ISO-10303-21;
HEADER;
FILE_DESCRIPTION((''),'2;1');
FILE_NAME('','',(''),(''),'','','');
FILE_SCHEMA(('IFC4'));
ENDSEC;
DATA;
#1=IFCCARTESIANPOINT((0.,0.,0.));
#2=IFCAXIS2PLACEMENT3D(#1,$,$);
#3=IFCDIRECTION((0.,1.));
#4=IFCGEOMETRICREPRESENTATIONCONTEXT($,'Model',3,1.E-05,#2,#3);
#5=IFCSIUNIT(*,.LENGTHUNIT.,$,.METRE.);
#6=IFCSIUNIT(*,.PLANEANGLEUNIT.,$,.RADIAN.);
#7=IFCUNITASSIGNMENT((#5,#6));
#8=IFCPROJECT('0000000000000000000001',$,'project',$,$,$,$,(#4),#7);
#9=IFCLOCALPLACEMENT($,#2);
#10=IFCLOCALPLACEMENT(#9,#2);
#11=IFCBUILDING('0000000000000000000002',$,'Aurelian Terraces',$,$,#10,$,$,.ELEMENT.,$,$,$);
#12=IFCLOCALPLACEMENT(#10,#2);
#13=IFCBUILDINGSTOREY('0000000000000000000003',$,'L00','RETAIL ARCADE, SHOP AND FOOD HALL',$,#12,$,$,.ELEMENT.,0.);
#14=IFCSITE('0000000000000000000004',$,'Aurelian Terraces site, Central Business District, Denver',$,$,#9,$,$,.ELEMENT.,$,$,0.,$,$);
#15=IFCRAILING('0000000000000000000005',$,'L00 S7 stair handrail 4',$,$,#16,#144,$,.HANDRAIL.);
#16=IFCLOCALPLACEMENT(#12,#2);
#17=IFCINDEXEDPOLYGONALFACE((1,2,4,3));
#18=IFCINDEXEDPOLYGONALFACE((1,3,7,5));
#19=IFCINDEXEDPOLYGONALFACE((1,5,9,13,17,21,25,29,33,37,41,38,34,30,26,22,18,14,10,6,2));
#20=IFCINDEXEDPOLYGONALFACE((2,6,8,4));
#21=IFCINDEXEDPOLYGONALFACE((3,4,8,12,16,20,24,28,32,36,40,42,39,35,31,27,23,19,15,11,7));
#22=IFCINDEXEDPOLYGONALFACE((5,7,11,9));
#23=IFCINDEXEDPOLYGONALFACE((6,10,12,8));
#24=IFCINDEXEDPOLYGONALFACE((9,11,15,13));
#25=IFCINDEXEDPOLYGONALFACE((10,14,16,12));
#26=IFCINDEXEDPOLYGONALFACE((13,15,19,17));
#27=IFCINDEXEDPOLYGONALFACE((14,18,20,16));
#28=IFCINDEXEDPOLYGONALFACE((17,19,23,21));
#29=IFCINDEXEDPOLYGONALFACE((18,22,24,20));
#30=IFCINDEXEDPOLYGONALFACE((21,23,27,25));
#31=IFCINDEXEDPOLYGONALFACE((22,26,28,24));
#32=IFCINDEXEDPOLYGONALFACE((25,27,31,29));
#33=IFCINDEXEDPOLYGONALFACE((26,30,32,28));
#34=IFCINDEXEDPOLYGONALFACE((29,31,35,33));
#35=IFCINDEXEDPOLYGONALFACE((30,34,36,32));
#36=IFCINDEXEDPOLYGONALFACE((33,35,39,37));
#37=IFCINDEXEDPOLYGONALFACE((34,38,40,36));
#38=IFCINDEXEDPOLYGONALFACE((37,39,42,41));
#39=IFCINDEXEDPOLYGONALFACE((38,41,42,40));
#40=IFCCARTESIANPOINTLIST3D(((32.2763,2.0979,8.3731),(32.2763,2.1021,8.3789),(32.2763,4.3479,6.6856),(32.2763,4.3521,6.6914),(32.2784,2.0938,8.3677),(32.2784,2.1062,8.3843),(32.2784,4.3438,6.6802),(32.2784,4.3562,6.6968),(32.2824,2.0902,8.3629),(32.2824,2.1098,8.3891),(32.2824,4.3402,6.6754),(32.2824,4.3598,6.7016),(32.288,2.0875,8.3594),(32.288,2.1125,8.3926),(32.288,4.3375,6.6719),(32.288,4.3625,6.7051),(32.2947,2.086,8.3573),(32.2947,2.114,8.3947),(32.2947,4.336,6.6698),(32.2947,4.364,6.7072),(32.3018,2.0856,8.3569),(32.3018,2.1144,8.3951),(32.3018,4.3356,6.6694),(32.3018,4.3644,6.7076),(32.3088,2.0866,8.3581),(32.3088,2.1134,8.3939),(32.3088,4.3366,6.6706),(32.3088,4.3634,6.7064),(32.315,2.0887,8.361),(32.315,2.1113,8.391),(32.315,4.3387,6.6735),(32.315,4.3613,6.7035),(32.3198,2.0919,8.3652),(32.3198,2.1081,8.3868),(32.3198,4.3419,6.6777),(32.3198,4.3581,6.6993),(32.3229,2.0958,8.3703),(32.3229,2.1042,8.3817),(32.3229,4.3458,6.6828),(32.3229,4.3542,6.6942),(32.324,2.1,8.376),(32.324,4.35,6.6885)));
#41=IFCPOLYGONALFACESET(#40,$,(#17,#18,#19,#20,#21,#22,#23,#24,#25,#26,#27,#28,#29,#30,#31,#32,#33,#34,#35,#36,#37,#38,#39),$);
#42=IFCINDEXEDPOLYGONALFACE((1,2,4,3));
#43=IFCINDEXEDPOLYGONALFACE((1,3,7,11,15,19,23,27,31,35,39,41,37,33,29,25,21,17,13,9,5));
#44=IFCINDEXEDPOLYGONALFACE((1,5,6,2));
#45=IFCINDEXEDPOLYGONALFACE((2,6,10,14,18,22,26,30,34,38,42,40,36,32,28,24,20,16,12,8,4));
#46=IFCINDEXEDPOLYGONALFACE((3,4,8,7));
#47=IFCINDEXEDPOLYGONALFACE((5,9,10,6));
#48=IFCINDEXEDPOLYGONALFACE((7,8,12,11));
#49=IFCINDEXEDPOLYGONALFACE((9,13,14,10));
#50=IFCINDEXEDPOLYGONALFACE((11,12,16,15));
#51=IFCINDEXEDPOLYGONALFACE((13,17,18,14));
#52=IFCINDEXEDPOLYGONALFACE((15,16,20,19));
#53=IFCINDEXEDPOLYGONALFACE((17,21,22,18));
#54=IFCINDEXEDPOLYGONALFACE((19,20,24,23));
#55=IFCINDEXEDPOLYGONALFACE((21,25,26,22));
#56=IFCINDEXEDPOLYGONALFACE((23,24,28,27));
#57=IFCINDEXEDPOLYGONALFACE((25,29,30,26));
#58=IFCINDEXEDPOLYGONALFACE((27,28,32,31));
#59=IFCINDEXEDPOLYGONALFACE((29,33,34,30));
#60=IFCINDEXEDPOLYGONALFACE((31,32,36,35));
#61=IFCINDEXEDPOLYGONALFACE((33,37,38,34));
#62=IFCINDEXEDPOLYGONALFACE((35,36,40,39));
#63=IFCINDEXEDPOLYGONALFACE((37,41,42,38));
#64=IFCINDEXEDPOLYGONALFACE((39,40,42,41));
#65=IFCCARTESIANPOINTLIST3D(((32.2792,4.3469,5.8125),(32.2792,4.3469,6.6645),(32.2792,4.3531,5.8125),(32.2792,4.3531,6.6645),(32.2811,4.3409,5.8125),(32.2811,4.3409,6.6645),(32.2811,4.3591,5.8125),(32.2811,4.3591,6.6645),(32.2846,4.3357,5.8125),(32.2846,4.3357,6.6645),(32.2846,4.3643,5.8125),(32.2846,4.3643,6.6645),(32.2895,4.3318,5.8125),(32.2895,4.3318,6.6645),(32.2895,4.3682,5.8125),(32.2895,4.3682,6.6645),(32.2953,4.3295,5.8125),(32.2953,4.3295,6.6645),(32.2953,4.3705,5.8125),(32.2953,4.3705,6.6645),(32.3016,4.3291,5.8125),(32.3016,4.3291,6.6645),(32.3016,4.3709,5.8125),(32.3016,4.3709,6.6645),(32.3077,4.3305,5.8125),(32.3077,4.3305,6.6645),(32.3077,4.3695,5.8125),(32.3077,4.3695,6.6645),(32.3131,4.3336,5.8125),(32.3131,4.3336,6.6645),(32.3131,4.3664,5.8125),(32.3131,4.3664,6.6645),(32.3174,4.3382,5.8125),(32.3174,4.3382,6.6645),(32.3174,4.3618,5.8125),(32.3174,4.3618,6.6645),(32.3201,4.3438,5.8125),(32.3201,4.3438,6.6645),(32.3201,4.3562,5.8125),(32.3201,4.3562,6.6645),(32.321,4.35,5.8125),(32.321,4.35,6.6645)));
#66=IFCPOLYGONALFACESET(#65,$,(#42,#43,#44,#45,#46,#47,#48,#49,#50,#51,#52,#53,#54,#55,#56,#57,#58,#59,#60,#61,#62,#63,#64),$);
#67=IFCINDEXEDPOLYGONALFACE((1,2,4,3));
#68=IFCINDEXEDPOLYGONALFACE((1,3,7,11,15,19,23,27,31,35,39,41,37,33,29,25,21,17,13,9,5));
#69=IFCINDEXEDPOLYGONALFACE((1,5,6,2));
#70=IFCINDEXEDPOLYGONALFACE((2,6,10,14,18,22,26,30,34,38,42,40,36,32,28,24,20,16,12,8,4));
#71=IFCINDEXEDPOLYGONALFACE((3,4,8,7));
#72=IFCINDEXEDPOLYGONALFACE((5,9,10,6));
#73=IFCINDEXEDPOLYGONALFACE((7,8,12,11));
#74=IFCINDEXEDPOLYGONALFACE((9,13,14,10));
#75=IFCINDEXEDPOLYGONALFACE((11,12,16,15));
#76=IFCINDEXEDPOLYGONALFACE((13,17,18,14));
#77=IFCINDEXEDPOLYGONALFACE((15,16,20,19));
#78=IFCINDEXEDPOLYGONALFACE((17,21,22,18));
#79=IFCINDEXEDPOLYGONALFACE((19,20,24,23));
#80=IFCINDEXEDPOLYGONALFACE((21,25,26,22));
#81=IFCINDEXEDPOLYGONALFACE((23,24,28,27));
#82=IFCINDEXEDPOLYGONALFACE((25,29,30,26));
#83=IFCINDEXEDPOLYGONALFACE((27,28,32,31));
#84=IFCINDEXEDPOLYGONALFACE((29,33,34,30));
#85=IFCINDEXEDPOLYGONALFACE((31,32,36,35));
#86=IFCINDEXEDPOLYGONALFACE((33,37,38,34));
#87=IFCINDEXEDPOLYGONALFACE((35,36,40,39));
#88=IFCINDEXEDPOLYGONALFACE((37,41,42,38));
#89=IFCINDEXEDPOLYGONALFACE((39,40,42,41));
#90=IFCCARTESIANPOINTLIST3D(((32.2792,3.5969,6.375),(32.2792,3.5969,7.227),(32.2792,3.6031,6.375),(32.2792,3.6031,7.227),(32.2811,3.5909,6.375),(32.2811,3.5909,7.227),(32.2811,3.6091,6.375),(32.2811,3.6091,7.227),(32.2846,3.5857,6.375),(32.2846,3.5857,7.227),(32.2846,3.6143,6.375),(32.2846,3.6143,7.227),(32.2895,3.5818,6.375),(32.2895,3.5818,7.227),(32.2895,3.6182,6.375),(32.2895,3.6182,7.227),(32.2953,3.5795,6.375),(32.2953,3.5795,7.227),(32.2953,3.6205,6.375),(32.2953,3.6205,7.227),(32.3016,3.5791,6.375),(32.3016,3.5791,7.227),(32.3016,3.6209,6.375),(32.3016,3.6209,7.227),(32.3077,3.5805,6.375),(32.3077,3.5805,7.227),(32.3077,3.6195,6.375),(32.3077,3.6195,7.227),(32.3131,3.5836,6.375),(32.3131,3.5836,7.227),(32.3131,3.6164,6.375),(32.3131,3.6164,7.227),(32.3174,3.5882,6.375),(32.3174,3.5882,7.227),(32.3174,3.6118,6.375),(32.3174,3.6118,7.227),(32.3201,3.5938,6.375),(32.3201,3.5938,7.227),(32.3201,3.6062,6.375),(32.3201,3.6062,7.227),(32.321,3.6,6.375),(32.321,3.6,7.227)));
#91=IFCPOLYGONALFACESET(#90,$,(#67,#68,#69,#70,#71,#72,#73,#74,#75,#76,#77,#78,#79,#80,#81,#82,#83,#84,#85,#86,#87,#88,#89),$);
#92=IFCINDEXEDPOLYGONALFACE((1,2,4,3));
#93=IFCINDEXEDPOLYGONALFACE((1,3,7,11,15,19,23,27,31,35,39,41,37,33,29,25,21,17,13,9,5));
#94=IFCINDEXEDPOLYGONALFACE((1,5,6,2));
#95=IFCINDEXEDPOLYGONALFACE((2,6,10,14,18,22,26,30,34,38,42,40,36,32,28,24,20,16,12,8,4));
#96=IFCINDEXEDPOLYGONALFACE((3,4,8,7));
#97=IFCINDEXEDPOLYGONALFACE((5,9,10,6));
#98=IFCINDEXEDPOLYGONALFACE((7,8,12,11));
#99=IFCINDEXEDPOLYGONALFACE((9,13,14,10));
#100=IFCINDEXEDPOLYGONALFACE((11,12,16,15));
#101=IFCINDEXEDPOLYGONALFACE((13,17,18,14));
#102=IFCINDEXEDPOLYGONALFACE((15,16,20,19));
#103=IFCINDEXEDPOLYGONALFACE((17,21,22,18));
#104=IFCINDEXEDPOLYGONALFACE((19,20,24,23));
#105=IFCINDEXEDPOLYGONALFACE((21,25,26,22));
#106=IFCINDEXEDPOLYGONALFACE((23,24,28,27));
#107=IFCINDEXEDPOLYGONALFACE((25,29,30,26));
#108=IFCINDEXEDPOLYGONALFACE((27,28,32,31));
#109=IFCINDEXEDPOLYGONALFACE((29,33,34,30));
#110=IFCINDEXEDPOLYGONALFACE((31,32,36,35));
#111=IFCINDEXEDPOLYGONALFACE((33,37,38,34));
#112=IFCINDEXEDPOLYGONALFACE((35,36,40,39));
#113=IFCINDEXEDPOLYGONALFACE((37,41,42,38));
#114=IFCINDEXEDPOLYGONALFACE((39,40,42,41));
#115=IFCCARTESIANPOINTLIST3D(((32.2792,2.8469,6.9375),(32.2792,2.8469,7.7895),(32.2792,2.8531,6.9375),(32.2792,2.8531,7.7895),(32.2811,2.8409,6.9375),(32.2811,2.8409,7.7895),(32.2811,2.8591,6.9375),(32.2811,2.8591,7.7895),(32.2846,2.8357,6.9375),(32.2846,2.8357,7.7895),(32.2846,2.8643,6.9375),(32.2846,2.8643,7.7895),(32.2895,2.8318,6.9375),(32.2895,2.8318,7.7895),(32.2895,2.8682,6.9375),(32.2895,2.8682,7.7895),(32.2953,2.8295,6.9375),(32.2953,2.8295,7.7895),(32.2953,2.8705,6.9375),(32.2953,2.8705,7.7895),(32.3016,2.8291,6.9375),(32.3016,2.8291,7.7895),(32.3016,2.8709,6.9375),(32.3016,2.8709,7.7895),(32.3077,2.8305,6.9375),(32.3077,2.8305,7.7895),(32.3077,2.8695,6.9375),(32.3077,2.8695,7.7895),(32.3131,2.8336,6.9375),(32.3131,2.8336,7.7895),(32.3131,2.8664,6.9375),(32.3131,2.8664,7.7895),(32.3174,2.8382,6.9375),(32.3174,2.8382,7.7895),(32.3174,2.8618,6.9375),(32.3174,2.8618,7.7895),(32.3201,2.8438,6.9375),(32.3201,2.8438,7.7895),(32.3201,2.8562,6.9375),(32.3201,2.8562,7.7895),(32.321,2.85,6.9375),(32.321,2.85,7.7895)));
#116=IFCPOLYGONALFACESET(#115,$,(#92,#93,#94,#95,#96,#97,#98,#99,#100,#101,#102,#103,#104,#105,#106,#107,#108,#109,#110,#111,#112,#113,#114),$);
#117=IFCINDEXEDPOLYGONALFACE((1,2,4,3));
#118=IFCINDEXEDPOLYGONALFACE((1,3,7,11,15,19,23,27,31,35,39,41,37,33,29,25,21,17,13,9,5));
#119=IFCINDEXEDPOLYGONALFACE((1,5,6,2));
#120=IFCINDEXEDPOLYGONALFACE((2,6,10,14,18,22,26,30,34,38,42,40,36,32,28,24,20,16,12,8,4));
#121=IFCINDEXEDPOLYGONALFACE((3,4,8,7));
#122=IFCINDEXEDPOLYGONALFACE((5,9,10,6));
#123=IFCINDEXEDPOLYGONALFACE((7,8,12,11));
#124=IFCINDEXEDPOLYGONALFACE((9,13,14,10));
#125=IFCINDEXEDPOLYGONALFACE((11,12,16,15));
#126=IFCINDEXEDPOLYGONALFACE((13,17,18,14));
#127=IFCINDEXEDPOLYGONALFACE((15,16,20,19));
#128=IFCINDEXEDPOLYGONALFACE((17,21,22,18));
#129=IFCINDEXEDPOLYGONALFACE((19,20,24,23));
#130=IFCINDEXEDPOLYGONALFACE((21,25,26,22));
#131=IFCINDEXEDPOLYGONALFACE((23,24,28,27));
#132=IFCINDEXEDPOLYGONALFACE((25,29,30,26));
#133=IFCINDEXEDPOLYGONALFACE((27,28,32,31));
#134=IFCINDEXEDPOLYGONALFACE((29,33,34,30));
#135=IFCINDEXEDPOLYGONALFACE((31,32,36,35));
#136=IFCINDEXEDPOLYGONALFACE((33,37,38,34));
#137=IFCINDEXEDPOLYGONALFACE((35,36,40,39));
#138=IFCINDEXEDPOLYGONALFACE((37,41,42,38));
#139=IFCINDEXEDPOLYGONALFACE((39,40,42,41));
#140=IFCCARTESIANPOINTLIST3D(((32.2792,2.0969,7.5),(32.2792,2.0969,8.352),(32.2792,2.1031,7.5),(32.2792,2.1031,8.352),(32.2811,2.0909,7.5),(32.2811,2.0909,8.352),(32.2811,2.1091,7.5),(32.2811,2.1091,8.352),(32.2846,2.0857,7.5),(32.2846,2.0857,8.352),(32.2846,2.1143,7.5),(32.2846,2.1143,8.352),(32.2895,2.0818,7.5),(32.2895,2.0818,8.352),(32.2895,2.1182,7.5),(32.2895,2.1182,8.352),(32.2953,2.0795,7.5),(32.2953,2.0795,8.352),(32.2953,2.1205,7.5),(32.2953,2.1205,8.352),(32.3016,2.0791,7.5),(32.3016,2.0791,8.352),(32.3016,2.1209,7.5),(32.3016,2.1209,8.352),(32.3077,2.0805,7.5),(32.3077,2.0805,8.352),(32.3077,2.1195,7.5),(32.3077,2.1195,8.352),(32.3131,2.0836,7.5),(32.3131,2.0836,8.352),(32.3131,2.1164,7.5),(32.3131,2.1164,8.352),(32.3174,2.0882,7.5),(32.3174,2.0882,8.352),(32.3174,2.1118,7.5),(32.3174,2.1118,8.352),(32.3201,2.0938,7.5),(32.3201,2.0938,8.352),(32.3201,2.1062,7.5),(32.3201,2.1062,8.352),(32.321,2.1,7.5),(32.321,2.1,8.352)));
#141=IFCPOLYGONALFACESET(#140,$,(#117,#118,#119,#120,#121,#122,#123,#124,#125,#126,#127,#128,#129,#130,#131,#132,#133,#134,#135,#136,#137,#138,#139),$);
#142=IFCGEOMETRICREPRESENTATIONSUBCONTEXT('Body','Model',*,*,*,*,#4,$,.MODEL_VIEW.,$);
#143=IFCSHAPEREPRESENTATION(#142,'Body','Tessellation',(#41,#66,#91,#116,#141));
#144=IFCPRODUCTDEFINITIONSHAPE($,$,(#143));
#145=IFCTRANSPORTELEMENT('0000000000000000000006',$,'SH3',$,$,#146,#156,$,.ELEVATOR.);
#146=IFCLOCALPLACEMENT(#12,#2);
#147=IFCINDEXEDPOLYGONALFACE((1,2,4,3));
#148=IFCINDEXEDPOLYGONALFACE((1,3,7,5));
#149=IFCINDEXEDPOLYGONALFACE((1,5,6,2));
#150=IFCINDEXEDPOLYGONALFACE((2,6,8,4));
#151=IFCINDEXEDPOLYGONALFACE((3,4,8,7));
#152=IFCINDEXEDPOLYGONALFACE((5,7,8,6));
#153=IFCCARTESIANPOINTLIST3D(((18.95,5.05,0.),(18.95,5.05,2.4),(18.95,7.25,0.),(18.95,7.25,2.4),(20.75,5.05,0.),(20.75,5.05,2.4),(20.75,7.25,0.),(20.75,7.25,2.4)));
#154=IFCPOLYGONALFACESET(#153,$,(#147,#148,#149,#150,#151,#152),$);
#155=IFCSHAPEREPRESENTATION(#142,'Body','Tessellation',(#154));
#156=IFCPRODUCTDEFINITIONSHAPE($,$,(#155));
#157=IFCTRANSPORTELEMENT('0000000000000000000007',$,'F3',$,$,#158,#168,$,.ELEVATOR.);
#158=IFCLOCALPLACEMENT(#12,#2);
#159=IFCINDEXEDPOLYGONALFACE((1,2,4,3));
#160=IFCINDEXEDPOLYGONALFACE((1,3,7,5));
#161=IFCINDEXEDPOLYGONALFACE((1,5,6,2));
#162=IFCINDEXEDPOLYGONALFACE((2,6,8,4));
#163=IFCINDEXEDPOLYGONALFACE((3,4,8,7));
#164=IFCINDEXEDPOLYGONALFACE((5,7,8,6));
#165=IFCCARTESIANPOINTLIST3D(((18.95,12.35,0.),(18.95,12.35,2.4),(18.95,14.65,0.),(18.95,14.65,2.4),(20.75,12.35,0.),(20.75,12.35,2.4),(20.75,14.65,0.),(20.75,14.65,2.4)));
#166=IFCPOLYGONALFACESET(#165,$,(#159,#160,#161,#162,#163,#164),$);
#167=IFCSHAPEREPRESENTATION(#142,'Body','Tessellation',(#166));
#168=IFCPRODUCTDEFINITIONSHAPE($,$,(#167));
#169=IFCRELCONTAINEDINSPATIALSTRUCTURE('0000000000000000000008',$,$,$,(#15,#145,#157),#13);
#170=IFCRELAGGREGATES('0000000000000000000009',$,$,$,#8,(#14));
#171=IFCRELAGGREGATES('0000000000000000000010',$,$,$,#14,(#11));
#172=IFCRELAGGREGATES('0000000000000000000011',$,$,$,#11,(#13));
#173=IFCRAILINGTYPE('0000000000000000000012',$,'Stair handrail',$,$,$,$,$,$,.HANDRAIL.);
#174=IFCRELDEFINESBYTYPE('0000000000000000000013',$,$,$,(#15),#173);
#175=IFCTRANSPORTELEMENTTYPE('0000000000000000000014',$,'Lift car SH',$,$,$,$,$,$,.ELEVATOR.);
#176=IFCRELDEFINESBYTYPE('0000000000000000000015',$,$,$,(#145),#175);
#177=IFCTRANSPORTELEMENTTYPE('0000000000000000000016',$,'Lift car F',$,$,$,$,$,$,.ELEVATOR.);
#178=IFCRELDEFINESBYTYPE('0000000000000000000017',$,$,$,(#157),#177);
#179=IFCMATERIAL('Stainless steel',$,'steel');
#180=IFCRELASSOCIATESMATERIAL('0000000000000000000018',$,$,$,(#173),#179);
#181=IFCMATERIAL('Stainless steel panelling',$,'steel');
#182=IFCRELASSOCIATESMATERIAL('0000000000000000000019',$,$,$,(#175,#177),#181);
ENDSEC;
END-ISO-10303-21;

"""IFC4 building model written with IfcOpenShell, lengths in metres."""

from ifc_helpers import new_model, si_unit, direction, frame, origin, origin_2d, place, context, subcontext, project, spatial, rectangle, circle, extrude, source, transform, mapped, material, type_object, element, save


model = new_model("IFC4")

# Units and contexts
model_context = context("Model", 3, precision=1e-05, world=origin(), true_north=direction((0.0, 1.0)))
body_context = subcontext(model_context, "Body", "Model", "MODEL_VIEW")
ifc_project = project(units=[si_unit("LENGTHUNIT", "METRE"), si_unit("PLANEANGLEUNIT", "RADIAN")], contexts=[model_context])

# Site, building, storey
site_placement = place(None, origin())
site = spatial("IfcSite", under=ifc_project, at=site_placement, Name="Aurelian Terraces site, Central Business District, Denver", CompositionType="ELEMENT", RefElevation=0.0)
building_placement = place(site_placement, origin())
building = spatial("IfcBuilding", under=site, at=building_placement, Name="Aurelian Terraces", CompositionType="ELEMENT")
storey_placement = place(building_placement, origin())
storey = spatial("IfcBuildingStorey", under=building, at=storey_placement, Name="L00", Description="RETAIL ARCADE, SHOP AND FOOD HALL", CompositionType="ELEMENT", Elevation=0.0)

# Railing
ifc_material_1 = material(Name="Stainless steel", Category="steel")
railing_type = type_object("IfcRailingType", Name="Stair handrail", PredefinedType="HANDRAIL", material=ifc_material_1)
shared_shape_1 = source(origin(), body_context, "Body", "SweptSolid", [
    extrude(circle(Radius=0.024, at=origin_2d()), frame((0.0, 0.0, 0.876), z_axis=(0.0, -0.8, 0.6), x_axis=(1.0, 0.0, 0.0)), (0.0, 0.0, 1.0), 2.8125),
    extrude(circle(Radius=0.021, at=origin_2d()), origin(), (0.0, 0.0, 1.0), 0.852),
    extrude(circle(Radius=0.021, at=origin_2d()), frame((0.0, -0.75, 0.5625)), (0.0, 0.0, 1.0), 0.852),
    extrude(circle(Radius=0.021, at=origin_2d()), frame((0.0, -1.5, 1.125)), (0.0, 0.0, 1.0), 0.852),
    extrude(circle(Radius=0.021, at=origin_2d()), frame((0.0, -2.25, 1.6875)), (0.0, 0.0, 1.0), 0.852),
])
for number, where, name in (
    (1, (32.3, 4.35, 5.8125), "L00 S7 stair handrail 4"),
):
    element("IfcRailing", number, at=place(storey_placement, frame(where)), inside=storey, type_object=railing_type, Name=name, PredefinedType="HANDRAIL", context=body_context, shape_type="MappedRepresentation", body=[
        mapped(shared_shape_1, transform((0.0, 0.0, 0.0), scale=1.0)),
    ])

# Transport elements
ifc_material_2 = material(Name="Stainless steel panelling", Category="steel")
transport_element_type_1 = type_object("IfcTransportElementType", Name="Lift car SH", PredefinedType="ELEVATOR", material=ifc_material_2)
shared_shape_2 = source(origin(), body_context, "Body", "SweptSolid", [
    extrude(rectangle(XDim=1.8, YDim=2.2, at=origin_2d()), origin(), (0.0, 0.0, 1.0), 2.4),
])
transport_element_1_placement = place(storey_placement, frame((19.85, 6.15, 0.0), z_axis=(0.0, 0.0, 1.0), x_axis=(1.0, 0.0, 0.0)))
element("IfcTransportElement", 2, at=transport_element_1_placement, inside=storey, type_object=transport_element_type_1, Name="SH3", PredefinedType="ELEVATOR", context=body_context, shape_type="MappedRepresentation", body=[
    mapped(shared_shape_2, transform((0.0, 0.0, 0.0), scale=1.0)),
])
transport_element_type_2 = type_object("IfcTransportElementType", Name="Lift car F", PredefinedType="ELEVATOR", material=ifc_material_2)
shared_shape_3 = source(origin(), body_context, "Body", "SweptSolid", [
    extrude(rectangle(XDim=1.8, YDim=2.3, at=origin_2d()), origin(), (0.0, 0.0, 1.0), 2.4),
])
transport_element_2_placement = place(storey_placement, frame((19.85, 13.5, 0.0), z_axis=(0.0, 0.0, 1.0), x_axis=(1.0, 0.0, 0.0)))
element("IfcTransportElement", 3, at=transport_element_2_placement, inside=storey, type_object=transport_element_type_2, Name="F3", PredefinedType="ELEVATOR", context=body_context, shape_type="MappedRepresentation", body=[
    mapped(shared_shape_3, transform((0.0, 0.0, 0.0), scale=1.0)),
])

save(model, "model.ifc")
